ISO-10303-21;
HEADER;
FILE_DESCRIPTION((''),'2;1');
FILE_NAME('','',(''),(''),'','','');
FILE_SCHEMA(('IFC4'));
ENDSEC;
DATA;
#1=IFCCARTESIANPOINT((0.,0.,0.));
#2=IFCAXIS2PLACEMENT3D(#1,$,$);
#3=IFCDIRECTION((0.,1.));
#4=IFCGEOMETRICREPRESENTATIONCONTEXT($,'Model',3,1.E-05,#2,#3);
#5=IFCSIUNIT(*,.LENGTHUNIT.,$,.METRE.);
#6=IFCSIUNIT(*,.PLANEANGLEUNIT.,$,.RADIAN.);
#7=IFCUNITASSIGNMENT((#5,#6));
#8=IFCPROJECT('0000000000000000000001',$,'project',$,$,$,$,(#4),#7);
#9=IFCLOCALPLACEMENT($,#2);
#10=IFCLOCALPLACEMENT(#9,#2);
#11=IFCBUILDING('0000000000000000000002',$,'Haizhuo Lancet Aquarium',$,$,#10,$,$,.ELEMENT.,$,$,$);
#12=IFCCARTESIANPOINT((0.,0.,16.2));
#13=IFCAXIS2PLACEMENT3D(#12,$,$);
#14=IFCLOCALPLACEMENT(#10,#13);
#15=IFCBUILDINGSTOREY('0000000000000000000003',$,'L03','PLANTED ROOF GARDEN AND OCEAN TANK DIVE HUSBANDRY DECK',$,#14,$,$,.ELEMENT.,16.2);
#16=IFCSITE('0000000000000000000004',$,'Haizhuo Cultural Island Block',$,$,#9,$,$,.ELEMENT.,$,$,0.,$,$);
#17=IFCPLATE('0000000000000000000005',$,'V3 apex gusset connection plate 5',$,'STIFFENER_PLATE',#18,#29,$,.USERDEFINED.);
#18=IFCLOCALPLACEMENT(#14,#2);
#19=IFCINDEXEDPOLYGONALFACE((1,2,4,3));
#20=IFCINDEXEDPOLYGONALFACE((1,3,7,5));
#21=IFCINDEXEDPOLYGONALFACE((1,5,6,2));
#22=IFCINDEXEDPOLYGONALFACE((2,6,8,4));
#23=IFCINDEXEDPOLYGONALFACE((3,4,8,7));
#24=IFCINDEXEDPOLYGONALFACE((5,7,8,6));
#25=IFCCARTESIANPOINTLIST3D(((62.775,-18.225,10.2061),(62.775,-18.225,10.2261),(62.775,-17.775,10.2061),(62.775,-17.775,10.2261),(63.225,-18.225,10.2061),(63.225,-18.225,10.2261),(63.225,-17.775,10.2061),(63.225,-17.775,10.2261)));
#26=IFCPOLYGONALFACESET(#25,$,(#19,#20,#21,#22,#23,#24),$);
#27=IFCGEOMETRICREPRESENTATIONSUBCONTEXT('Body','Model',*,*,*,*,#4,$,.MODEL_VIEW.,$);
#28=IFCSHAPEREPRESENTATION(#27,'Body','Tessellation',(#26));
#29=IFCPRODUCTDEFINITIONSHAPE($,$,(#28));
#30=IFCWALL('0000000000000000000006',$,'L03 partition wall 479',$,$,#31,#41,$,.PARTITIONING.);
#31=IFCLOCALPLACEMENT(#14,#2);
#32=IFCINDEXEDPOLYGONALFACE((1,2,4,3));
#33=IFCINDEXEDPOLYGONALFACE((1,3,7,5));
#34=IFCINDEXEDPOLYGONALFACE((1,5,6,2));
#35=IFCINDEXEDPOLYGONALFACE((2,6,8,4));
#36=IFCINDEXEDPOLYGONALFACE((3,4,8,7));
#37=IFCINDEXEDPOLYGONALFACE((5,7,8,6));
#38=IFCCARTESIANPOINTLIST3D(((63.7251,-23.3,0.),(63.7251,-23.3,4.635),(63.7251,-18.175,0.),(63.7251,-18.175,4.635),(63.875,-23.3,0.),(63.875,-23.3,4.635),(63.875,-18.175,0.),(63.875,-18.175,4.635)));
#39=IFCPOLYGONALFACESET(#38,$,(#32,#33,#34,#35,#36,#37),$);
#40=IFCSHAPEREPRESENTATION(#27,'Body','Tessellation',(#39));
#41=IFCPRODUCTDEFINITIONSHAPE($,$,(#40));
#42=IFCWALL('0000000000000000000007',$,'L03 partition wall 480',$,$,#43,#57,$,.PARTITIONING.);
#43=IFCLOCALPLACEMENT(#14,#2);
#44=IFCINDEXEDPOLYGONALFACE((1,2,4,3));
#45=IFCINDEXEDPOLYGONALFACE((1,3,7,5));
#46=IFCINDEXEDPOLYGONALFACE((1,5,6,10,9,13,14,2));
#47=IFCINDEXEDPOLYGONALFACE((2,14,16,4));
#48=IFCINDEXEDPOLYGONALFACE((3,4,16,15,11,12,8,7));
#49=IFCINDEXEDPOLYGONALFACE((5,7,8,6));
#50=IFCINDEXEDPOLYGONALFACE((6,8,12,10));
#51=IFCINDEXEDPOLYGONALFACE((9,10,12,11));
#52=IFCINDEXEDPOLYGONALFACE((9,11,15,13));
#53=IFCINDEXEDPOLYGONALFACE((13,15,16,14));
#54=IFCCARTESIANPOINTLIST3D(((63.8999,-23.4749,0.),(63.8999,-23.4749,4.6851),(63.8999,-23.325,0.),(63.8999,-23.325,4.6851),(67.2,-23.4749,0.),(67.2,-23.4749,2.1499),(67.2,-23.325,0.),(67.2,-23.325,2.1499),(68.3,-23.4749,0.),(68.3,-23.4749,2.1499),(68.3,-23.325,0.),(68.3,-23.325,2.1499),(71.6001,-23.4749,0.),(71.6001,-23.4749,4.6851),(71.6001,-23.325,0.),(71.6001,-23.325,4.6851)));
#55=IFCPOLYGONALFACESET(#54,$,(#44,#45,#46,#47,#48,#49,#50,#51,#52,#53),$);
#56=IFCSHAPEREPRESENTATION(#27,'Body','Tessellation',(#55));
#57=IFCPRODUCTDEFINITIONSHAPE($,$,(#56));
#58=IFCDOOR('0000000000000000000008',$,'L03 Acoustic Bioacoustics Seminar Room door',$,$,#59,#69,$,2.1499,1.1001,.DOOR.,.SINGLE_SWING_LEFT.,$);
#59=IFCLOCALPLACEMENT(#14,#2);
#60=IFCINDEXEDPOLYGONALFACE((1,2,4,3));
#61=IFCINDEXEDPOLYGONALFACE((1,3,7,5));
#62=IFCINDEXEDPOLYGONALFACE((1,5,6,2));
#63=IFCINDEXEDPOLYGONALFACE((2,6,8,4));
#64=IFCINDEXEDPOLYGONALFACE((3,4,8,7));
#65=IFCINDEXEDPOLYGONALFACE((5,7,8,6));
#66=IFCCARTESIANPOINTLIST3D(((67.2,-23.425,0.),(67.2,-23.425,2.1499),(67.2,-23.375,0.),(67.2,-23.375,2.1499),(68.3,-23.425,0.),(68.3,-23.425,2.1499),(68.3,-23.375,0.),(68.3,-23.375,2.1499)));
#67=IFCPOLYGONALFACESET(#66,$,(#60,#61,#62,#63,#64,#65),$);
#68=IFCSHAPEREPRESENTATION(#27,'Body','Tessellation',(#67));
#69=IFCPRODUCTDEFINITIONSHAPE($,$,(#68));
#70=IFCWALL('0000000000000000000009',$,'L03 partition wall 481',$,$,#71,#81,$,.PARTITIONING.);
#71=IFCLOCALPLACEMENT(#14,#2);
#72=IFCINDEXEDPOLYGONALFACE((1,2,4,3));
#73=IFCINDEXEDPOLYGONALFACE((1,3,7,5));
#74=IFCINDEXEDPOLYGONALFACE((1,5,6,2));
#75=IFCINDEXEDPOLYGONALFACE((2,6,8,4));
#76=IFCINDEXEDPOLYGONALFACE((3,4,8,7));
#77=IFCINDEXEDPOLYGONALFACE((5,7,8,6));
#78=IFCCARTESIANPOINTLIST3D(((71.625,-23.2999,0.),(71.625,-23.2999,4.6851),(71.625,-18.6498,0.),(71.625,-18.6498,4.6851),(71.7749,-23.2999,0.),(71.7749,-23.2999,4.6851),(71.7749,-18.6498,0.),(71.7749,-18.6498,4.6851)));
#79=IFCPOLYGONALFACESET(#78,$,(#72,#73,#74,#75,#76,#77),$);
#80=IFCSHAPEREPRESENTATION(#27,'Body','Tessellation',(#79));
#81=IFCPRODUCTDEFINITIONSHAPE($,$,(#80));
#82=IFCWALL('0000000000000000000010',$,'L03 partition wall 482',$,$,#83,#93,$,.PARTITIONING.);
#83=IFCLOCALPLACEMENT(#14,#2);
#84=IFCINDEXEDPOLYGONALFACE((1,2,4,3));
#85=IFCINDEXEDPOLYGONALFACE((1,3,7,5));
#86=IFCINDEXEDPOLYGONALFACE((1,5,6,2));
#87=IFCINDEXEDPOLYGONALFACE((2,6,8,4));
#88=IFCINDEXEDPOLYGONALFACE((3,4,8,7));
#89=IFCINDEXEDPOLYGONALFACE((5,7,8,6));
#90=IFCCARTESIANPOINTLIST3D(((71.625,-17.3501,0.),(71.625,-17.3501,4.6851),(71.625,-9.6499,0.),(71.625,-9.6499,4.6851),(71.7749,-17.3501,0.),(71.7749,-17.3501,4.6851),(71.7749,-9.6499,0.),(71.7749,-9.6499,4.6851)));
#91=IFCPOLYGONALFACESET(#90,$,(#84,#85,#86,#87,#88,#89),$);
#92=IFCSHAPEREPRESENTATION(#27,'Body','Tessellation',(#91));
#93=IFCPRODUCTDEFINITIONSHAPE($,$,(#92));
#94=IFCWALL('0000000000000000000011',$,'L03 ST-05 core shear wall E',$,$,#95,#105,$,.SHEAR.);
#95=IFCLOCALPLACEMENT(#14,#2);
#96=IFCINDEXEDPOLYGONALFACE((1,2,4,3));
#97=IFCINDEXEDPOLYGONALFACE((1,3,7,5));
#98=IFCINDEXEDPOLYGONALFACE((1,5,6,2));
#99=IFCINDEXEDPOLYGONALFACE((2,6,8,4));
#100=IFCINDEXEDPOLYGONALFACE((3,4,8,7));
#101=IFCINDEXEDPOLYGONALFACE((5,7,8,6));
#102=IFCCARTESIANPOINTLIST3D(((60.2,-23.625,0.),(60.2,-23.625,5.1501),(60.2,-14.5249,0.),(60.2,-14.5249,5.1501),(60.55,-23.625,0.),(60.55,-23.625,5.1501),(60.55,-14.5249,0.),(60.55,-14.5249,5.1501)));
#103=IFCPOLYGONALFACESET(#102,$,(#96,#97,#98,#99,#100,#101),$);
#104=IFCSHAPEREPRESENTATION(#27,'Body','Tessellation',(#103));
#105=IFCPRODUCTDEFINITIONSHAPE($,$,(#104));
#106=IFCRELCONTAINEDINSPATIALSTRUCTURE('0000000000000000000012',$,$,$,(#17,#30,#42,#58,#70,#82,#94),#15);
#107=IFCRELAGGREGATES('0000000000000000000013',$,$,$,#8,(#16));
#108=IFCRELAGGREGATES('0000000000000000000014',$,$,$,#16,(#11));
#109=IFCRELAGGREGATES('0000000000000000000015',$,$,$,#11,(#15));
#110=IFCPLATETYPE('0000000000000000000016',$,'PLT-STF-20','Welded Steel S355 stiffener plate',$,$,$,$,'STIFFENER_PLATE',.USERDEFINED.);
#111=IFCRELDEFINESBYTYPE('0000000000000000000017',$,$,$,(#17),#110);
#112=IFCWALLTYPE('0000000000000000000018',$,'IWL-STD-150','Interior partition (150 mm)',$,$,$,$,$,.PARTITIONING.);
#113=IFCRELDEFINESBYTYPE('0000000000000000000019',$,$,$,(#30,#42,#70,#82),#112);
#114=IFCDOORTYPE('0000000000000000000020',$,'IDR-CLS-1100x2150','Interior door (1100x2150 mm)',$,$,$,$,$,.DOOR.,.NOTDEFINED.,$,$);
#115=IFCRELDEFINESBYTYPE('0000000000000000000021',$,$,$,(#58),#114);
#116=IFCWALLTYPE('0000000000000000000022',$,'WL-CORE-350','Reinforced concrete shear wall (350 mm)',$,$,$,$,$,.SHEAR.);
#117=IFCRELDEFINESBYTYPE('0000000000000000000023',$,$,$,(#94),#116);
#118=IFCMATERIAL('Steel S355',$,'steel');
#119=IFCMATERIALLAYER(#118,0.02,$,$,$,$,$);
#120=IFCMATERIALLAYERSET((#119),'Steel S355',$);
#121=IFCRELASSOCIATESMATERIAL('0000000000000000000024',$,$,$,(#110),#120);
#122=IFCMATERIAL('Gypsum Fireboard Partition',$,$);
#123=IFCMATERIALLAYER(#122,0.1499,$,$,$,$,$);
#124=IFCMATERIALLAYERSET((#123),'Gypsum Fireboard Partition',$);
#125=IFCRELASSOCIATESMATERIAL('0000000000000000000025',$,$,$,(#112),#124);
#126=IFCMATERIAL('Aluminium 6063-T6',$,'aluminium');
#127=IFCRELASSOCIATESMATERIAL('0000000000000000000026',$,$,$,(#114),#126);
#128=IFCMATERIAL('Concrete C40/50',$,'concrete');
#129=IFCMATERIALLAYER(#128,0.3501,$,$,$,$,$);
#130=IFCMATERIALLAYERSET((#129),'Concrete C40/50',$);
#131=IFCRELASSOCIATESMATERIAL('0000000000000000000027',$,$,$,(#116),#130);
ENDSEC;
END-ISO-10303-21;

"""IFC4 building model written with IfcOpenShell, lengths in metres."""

from ifc_helpers import new_model, si_unit, direction, frame, frame_2d, origin, origin_2d, place, context, subcontext, project, spatial, rectangle, extrude, material, layer, layer_set, type_object, element, fill, save


model = new_model("IFC4")

# Units and contexts
model_context = context("Model", 3, precision=1e-05, world=origin(), true_north=direction((0.0, 1.0)))
body_context = subcontext(model_context, "Body", "Model", "MODEL_VIEW")
ifc_project = project(units=[si_unit("LENGTHUNIT", "METRE"), si_unit("PLANEANGLEUNIT", "RADIAN")], contexts=[model_context])

# Site, building, storey
site_placement = place(None, origin())
site = spatial("IfcSite", under=ifc_project, at=site_placement, Name="Haizhuo Cultural Island Block", CompositionType="ELEMENT", RefElevation=0.0)
building_placement = place(site_placement, origin())
building = spatial("IfcBuilding", under=site, at=building_placement, Name="Haizhuo Lancet Aquarium", CompositionType="ELEMENT")
storey_placement = place(building_placement, frame((0.0, 0.0, 16.2)))
storey = spatial("IfcBuildingStorey", under=building, at=storey_placement, Name="L03", Description="PLANTED ROOF GARDEN AND OCEAN TANK DIVE HUSBANDRY DECK", CompositionType="ELEMENT", Elevation=16.2)

# Shared definitions
ifc_material_1 = material(Name="Concrete C40/50", Category="concrete")

# Shared definitions
ifc_material_2 = material(Name="Aluminium 6063-T6", Category="aluminium")

# Shared definitions
ifc_material_3 = material(Name="Steel S355", Category="steel")

# Plate
ifc_layer_1 = layer(ifc_material_3, 0.02)
ifc_layer_set_1 = layer_set([ifc_layer_1], Name="Steel S355")
plate_type_1 = type_object("IfcPlateType", Name="PLT-STF-20", Description="Welded Steel S355 stiffener plate", ElementType="STIFFENER_PLATE", PredefinedType="USERDEFINED", material=ifc_layer_set_1)
plate_1_placement = place(storey_placement, frame((63.0, -18.0, 10.2061), z_axis=(0.0, 0.0, 1.0), x_axis=(1.0, 0.0, 0.0)))
element("IfcPlate", 1, at=plate_1_placement, inside=storey, type_object=plate_type_1, Name="V3 apex gusset connection plate 5", ObjectType="STIFFENER_PLATE", PredefinedType="USERDEFINED", context=body_context, shape_type="SweptSolid", body=[
    extrude(rectangle(XDim=0.45, YDim=0.45, at=origin_2d()), origin(), (0.0, 0.0, 1.0), 0.02),
])

# Wall
ifc_material_4 = material(Name="Gypsum Fireboard Partition")
ifc_layer_2 = layer(ifc_material_4, 0.1499)
ifc_layer_set_2 = layer_set([ifc_layer_2], Name="Gypsum Fireboard Partition")
wall_type_1 = type_object("IfcWallType", Name="IWL-STD-150", Description="Interior partition (150 mm)", PredefinedType="PARTITIONING", material=ifc_layer_set_2)
wall_1_placement = place(storey_placement, frame((63.8, -18.175, 0.0), z_axis=(0.0, 0.0, 1.0), x_axis=(0.0, -1.0, 0.0)))
element("IfcWall", 2, at=wall_1_placement, inside=storey, type_object=wall_type_1, Name="L03 partition wall 479", PredefinedType="PARTITIONING", context=body_context, shape_type="SweptSolid", body=[
    extrude(rectangle(XDim=5.125, YDim=0.1499, at=frame_2d((2.5625, 0.0))), origin(), (0.0, 0.0, 1.0), 4.635),
])

# Wall, opening, door
wall_2_placement = place(storey_placement, frame((63.8999, -23.3999, 0.0), z_axis=(0.0, 0.0, 1.0), x_axis=(1.0, 0.0, 0.0)))
wall_2 = element("IfcWall", 3, at=wall_2_placement, inside=storey, type_object=wall_type_1, Name="L03 partition wall 480", PredefinedType="PARTITIONING", context=body_context, shape_type="SweptSolid", body=[
    extrude(rectangle(XDim=7.7002, YDim=0.1499, at=frame_2d((3.8501, 0.0))), origin(), (0.0, 0.0, 1.0), 4.6851),
])
opening_placement = place(wall_2_placement, frame((3.3, 0.0, 0.0)))
opening = element("IfcOpeningElement", 4, at=opening_placement, cuts=wall_2, PredefinedType="OPENING", context=body_context, shape_type="SweptSolid", body=[
    extrude(rectangle(XDim=1.1001, YDim=2.1499, at=frame_2d((0.55, 1.075))), frame((0.0, 0.085, 0.0), z_axis=(0.0, -1.0, 0.0), x_axis=(1.0, 0.0, 0.0)), (0.0, 0.0, 1.0), 0.1699),
])
door_type = type_object("IfcDoorType", Name="IDR-CLS-1100x2150", Description="Interior door (1100x2150 mm)", OperationType="NOTDEFINED", PredefinedType="DOOR", material=ifc_material_2)
door_placement = place(opening_placement, origin())
door = element("IfcDoor", 5, at=door_placement, inside=storey, type_object=door_type, Name="L03 Acoustic Bioacoustics Seminar Room door", OperationType="SINGLE_SWING_LEFT", OverallHeight=2.1499, OverallWidth=1.1001, PredefinedType="DOOR", context=body_context, shape_type="SweptSolid", body=[
    extrude(rectangle(XDim=1.1001, YDim=2.1499, at=frame_2d((0.55, 1.075))), frame((0.0, 0.0249, 0.0), z_axis=(0.0, -1.0, 0.0), x_axis=(1.0, 0.0, 0.0)), (0.0, 0.0, 1.0), 0.05),
])
fill(opening, door)

# Walls
wall_3_placement = place(storey_placement, frame((71.7, -23.3, 0.0), z_axis=(0.0, 0.0, 1.0), x_axis=(0.0, 1.0, 0.0)))
element("IfcWall", 6, at=wall_3_placement, inside=storey, type_object=wall_type_1, Name="L03 partition wall 481", PredefinedType="PARTITIONING", context=body_context, shape_type="SweptSolid", body=[
    extrude(rectangle(XDim=4.6501, YDim=0.1499, at=frame_2d((2.3252, 0.0))), origin(), (0.0, 0.0, 1.0), 4.6851),
])
wall_4_placement = place(storey_placement, frame((71.7, -17.3501, 0.0), z_axis=(0.0, 0.0, 1.0), x_axis=(0.0, 1.0, 0.0)))
element("IfcWall", 7, at=wall_4_placement, inside=storey, type_object=wall_type_1, Name="L03 partition wall 482", PredefinedType="PARTITIONING", context=body_context, shape_type="SweptSolid", body=[
    extrude(rectangle(XDim=7.7002, YDim=0.1499, at=frame_2d((3.8501, 0.0))), origin(), (0.0, 0.0, 1.0), 4.6851),
])
ifc_layer_3 = layer(ifc_material_1, 0.3501)
ifc_layer_set_3 = layer_set([ifc_layer_3], Name="Concrete C40/50")
wall_type_2 = type_object("IfcWallType", Name="WL-CORE-350", Description="Reinforced concrete shear wall (350 mm)", PredefinedType="SHEAR", material=ifc_layer_set_3)
wall_5_placement = place(storey_placement, frame((60.375, -23.625, 0.0), z_axis=(0.0, 0.0, 1.0), x_axis=(0.0, 1.0, 0.0)))
element("IfcWall", 8, at=wall_5_placement, inside=storey, type_object=wall_type_2, Name="L03 ST-05 core shear wall E", PredefinedType="SHEAR", context=body_context, shape_type="SweptSolid", body=[
    extrude(rectangle(XDim=9.1001, YDim=0.3501, at=frame_2d((4.55, 0.0))), origin(), (0.0, 0.0, 1.0), 5.1501),
])

save(model, "model.ifc")
